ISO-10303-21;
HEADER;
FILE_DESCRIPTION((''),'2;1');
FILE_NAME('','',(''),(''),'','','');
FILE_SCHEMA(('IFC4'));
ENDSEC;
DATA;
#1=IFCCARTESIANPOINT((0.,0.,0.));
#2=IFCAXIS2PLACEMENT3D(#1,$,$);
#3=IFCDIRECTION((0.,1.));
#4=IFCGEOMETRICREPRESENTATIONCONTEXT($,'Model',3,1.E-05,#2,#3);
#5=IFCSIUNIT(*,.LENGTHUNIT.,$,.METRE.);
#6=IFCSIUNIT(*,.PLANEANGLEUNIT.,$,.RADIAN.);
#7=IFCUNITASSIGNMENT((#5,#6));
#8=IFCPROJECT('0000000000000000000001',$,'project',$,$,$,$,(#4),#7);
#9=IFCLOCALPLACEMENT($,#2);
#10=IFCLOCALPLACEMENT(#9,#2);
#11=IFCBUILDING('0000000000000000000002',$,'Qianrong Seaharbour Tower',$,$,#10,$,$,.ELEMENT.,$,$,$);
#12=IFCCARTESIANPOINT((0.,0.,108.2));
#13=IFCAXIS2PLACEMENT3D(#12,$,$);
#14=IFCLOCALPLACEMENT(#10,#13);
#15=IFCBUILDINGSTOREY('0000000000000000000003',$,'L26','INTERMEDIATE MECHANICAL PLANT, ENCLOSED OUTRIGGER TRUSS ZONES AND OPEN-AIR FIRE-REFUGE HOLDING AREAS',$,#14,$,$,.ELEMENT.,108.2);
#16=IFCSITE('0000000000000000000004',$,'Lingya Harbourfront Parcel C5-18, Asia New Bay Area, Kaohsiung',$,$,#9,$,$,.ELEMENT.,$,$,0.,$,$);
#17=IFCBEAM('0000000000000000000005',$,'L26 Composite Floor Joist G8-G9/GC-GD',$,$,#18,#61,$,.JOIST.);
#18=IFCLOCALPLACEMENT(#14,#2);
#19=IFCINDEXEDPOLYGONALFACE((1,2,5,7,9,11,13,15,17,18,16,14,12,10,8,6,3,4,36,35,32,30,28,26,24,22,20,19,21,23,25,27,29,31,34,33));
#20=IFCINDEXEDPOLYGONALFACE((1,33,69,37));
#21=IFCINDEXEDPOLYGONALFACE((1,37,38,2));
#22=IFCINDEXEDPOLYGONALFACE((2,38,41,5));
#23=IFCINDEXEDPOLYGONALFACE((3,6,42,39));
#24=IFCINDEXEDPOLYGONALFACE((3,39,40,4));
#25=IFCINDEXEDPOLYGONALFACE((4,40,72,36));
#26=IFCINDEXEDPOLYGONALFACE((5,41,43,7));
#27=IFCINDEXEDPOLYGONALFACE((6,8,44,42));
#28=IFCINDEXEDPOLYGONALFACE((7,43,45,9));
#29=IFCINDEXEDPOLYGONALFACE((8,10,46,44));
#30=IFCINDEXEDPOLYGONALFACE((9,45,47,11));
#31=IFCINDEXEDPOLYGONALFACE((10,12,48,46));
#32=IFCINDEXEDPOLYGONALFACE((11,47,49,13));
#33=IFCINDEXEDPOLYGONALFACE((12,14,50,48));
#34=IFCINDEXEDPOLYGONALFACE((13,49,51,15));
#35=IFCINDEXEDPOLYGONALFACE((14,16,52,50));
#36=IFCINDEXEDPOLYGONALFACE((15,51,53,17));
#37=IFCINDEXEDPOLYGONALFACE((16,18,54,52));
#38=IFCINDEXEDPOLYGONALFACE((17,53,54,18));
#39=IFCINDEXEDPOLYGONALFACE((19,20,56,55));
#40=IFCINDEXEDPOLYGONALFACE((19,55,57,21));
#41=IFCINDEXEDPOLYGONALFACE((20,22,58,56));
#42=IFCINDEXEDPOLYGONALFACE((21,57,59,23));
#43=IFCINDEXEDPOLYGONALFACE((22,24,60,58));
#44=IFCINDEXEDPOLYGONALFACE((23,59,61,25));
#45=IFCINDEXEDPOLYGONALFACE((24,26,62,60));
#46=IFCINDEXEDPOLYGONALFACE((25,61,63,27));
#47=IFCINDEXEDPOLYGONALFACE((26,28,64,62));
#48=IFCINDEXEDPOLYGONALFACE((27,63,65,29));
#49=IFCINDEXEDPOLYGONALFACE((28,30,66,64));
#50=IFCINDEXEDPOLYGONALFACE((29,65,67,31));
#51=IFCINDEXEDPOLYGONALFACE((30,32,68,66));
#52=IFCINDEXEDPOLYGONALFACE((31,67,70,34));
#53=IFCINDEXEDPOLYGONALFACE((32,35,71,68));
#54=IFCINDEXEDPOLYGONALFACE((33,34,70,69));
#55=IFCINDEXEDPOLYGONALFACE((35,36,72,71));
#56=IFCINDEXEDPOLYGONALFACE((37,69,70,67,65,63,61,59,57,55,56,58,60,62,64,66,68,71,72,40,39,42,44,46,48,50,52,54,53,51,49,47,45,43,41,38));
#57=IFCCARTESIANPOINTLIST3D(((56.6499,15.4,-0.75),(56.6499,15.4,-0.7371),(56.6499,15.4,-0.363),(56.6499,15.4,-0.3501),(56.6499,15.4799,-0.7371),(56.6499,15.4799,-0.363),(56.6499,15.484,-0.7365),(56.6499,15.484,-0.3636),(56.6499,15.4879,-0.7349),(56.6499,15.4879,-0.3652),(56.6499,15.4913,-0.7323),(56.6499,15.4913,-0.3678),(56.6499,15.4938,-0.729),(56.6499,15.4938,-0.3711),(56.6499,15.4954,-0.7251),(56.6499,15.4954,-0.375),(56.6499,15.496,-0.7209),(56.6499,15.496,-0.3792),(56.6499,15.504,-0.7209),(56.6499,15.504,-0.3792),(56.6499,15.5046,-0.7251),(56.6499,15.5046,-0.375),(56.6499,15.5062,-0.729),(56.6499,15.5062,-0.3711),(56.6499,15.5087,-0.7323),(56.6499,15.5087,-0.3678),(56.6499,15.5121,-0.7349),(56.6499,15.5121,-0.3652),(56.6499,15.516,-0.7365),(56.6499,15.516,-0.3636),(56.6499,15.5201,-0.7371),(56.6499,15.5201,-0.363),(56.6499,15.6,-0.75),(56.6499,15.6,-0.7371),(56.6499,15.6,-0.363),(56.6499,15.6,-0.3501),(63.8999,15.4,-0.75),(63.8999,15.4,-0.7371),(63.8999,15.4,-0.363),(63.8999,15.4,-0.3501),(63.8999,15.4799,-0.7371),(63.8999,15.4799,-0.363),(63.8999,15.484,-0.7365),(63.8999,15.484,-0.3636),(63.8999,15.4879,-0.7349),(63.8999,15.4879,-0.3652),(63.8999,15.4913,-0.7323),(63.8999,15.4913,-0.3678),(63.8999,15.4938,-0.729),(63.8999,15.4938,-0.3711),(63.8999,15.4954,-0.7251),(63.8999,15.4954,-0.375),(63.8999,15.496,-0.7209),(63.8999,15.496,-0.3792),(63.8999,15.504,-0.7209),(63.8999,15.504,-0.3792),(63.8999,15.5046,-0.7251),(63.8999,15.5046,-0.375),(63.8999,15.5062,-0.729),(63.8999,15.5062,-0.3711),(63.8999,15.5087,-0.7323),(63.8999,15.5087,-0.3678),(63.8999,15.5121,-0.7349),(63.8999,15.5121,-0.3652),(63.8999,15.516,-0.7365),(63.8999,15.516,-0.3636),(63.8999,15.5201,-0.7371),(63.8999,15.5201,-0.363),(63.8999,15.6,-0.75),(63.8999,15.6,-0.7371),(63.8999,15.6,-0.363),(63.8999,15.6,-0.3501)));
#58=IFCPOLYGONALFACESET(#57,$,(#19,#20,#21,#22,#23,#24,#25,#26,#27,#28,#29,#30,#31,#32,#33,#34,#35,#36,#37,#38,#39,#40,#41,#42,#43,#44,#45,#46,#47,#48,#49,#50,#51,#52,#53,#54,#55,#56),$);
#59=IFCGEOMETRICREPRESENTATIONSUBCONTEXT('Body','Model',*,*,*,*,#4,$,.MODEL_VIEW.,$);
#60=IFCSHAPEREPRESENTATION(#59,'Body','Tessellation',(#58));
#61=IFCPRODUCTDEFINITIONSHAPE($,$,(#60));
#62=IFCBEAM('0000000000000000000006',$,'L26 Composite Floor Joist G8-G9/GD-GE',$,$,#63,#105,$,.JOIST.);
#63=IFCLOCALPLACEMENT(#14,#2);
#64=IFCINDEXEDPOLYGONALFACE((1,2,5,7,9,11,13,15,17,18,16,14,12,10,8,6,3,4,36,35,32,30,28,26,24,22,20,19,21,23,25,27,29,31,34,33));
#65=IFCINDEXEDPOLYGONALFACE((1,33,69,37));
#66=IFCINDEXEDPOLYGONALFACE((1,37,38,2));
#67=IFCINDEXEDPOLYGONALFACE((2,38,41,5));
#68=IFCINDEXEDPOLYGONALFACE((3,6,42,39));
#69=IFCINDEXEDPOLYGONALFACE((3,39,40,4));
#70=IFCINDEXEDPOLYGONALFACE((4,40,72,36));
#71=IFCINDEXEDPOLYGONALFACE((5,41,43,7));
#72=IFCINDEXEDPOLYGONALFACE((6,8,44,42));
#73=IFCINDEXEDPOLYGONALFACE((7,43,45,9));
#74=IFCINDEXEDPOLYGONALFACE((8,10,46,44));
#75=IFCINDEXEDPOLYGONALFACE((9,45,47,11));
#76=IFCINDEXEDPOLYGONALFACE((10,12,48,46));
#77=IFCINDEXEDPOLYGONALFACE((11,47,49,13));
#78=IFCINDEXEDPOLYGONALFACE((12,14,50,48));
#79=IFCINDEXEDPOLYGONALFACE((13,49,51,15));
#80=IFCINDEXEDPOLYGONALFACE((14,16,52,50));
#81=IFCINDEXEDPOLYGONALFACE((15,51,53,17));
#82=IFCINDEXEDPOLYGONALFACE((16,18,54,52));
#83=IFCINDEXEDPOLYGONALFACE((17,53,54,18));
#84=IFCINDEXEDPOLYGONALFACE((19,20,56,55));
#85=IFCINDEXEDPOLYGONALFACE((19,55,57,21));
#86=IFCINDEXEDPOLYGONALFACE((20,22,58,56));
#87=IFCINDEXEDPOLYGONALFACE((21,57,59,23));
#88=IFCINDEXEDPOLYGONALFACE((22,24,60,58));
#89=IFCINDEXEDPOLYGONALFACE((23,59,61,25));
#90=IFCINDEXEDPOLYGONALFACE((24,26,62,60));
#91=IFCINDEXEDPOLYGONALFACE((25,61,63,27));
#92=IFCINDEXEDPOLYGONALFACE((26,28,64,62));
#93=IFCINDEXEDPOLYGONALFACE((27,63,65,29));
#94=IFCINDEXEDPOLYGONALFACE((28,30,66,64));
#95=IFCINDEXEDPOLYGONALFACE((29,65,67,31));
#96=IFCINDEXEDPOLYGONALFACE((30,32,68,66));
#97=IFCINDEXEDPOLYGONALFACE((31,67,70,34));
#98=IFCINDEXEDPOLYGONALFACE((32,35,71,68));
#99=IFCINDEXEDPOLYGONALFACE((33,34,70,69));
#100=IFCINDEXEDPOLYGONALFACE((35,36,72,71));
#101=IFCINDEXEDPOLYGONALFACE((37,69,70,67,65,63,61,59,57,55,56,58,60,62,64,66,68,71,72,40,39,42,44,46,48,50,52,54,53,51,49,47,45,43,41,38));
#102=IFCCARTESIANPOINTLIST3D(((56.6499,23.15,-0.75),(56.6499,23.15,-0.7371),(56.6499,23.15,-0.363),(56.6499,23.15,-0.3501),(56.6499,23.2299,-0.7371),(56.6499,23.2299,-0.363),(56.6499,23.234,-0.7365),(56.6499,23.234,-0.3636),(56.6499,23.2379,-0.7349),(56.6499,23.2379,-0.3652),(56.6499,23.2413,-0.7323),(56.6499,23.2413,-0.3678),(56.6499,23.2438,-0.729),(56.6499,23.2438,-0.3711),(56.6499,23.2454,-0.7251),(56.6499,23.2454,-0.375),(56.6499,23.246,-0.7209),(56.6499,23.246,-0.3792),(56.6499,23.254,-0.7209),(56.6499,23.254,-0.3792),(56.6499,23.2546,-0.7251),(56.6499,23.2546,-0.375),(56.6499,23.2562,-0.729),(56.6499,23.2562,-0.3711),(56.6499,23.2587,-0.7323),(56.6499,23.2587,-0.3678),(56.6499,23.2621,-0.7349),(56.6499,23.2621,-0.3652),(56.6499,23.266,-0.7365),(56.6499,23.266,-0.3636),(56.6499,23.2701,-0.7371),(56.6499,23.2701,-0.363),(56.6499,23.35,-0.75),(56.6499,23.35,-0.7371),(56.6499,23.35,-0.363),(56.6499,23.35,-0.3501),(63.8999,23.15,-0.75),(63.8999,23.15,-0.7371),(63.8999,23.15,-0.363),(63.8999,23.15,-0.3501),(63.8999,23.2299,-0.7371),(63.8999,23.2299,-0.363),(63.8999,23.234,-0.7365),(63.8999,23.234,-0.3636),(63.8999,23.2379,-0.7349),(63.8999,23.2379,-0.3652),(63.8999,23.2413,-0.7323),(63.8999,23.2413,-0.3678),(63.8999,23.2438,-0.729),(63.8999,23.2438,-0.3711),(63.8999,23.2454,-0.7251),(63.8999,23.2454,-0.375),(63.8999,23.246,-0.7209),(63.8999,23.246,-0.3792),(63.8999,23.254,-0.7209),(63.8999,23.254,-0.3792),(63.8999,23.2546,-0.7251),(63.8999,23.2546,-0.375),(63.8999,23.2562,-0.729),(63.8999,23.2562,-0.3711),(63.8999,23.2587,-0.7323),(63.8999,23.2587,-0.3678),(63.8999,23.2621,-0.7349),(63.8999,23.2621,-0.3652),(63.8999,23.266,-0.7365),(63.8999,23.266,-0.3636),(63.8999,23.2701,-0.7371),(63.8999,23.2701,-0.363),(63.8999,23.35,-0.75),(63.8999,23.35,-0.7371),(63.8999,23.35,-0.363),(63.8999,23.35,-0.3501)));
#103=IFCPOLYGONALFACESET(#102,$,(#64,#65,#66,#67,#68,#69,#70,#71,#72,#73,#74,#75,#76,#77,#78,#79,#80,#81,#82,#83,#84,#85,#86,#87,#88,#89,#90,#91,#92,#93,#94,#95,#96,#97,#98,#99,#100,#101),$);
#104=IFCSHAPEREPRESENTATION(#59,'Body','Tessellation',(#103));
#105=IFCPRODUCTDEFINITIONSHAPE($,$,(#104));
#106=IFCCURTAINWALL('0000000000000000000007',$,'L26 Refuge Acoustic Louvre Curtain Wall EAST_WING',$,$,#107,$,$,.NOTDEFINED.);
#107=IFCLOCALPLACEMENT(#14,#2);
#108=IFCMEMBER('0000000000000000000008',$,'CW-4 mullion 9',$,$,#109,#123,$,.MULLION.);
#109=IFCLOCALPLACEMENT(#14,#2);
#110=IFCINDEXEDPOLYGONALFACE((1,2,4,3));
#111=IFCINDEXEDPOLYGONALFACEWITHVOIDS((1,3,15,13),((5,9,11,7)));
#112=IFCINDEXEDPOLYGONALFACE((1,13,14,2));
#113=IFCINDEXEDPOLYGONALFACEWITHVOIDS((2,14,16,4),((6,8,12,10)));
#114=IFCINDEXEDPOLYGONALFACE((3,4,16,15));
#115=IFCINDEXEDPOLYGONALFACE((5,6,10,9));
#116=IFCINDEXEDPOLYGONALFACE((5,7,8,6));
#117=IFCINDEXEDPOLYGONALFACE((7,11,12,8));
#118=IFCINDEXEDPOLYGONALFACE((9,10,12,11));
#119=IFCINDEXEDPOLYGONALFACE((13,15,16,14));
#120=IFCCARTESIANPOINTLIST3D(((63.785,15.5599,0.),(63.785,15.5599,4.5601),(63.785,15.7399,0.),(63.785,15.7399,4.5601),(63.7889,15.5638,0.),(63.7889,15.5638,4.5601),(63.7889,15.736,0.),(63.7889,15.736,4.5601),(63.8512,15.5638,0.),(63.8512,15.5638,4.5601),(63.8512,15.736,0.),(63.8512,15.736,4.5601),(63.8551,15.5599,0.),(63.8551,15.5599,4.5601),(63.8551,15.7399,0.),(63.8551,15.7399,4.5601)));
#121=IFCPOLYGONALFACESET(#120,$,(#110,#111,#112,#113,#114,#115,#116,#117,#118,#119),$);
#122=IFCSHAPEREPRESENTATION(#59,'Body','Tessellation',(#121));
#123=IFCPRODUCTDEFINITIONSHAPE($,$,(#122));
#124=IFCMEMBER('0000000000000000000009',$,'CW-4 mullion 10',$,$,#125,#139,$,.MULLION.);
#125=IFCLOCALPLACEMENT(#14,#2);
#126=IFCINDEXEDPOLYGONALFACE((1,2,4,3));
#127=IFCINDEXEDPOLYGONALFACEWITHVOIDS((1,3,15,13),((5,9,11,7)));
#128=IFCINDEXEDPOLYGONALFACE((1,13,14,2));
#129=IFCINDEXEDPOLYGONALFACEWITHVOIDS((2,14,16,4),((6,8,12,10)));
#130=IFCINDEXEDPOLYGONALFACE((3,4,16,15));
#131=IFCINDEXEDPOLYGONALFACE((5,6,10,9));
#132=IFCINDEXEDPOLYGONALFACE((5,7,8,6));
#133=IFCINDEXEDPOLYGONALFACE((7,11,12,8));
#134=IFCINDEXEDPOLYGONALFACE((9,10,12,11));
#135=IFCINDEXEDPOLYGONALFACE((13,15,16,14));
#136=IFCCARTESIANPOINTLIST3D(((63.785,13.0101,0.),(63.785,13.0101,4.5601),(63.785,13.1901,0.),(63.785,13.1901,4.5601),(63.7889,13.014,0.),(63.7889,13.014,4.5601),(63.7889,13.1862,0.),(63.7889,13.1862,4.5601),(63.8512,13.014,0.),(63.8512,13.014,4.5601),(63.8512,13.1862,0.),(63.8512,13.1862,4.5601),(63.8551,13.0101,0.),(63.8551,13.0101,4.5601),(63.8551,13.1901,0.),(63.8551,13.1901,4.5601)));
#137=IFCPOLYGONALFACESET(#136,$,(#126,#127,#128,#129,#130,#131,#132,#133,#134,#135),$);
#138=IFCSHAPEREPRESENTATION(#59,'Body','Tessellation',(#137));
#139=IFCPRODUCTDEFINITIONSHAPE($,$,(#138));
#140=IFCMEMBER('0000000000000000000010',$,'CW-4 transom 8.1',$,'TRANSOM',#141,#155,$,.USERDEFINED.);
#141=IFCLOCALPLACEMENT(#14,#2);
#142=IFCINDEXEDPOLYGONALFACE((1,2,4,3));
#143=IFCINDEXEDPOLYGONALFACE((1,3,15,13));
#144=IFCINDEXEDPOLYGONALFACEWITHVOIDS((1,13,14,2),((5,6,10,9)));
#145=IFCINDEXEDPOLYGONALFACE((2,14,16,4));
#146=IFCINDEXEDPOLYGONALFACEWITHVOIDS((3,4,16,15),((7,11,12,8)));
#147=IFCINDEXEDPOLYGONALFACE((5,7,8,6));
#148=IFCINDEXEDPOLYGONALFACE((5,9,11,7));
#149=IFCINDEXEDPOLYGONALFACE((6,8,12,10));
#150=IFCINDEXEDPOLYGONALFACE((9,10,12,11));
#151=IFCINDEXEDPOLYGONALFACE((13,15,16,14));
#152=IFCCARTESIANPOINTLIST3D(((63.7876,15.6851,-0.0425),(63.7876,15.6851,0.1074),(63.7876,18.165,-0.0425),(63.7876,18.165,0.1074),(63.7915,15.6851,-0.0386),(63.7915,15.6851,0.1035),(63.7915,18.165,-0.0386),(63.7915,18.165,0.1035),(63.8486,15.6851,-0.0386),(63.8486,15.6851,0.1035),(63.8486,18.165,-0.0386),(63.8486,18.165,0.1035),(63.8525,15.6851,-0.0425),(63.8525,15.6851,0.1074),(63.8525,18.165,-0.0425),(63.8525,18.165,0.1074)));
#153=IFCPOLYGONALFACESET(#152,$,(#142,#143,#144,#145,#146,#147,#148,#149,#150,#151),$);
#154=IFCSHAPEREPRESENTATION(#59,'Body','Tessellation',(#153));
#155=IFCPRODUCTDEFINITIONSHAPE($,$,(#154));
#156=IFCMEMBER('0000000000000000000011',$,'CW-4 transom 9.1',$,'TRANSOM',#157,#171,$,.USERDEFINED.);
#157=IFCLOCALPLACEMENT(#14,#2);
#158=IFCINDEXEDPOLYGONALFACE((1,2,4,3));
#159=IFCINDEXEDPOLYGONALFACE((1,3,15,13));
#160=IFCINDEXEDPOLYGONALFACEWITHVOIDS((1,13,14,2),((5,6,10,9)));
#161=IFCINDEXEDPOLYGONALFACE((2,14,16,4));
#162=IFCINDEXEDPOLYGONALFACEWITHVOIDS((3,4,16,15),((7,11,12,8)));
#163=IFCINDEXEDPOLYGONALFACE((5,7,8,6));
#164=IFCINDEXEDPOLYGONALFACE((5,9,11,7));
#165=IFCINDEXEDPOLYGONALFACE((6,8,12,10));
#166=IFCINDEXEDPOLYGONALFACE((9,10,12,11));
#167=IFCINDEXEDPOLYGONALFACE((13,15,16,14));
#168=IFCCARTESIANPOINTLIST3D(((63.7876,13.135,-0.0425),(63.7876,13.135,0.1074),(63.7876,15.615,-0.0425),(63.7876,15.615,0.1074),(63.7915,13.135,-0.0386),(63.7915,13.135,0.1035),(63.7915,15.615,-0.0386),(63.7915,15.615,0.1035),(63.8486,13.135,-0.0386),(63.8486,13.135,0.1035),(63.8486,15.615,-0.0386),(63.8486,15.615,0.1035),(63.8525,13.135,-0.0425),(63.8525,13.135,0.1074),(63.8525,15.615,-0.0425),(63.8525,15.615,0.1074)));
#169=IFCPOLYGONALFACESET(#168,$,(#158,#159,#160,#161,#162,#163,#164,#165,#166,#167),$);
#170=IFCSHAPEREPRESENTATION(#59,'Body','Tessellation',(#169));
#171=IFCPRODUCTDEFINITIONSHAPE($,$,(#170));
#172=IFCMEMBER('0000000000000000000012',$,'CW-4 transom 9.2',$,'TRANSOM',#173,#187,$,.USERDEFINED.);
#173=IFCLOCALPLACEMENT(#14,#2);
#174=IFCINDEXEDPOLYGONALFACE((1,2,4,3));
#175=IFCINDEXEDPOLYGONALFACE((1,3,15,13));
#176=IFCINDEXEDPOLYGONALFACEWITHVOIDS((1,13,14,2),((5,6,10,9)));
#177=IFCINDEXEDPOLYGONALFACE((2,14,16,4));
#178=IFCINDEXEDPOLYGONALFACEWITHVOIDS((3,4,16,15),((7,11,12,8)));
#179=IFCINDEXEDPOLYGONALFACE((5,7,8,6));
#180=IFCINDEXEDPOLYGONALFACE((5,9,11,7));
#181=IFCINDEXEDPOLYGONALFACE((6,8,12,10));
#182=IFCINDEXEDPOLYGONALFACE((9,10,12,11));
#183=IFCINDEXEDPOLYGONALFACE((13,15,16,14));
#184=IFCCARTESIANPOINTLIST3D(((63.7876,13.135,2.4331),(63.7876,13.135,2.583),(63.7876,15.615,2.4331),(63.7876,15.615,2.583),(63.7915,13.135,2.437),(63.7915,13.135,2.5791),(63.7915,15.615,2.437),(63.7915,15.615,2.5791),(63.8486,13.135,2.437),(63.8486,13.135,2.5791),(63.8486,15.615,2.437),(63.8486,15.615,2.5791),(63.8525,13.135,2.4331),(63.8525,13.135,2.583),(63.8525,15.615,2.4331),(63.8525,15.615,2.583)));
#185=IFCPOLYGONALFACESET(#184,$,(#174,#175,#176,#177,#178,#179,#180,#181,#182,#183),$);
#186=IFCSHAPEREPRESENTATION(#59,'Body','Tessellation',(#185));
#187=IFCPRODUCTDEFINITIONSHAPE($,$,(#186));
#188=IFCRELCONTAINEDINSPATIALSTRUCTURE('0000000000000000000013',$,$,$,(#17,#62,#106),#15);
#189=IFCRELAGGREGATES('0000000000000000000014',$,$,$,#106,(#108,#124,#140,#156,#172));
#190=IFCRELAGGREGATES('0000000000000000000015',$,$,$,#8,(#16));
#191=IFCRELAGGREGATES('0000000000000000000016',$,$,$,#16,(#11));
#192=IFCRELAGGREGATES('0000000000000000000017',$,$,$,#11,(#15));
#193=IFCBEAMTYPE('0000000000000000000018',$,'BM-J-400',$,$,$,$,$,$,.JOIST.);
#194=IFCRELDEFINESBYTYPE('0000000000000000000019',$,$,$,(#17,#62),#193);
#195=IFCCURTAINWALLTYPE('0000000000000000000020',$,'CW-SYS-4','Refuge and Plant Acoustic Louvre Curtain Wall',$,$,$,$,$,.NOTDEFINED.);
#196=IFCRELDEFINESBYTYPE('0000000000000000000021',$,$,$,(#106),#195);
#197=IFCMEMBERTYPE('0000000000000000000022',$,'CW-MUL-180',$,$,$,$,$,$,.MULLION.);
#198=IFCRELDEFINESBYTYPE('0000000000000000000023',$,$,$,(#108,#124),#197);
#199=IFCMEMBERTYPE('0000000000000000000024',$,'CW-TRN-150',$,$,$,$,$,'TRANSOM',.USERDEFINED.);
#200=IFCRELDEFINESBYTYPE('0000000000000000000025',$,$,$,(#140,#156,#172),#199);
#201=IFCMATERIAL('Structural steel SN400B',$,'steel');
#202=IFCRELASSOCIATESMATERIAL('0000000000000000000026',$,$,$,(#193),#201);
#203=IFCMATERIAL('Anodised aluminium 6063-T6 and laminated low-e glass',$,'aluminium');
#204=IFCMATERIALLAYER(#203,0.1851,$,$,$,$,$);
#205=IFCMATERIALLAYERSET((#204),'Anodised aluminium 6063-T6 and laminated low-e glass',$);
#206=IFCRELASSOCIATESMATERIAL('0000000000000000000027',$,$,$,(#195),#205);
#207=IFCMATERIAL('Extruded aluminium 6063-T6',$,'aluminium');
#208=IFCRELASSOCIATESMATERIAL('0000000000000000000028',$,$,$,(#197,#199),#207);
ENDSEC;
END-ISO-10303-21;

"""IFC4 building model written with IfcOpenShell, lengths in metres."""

from ifc_helpers import new_model, si_unit, direction, frame, origin, origin_2d, place, context, subcontext, project, spatial, hollow_rectangle, i_section, extrude, material, layer, layer_set, material_profile, profile_set, type_object, element, aggregate, save


model = new_model("IFC4")

# Units and contexts
model_context = context("Model", 3, precision=1e-05, world=origin(), true_north=direction((0.0, 1.0)))
body_context = subcontext(model_context, "Body", "Model", "MODEL_VIEW")
ifc_project = project(units=[si_unit("LENGTHUNIT", "METRE"), si_unit("PLANEANGLEUNIT", "RADIAN")], contexts=[model_context])

# Site, building, storey
site_placement = place(None, origin())
site = spatial("IfcSite", under=ifc_project, at=site_placement, Name="Lingya Harbourfront Parcel C5-18, Asia New Bay Area, Kaohsiung", CompositionType="ELEMENT", RefElevation=0.0)
building_placement = place(site_placement, origin())
building = spatial("IfcBuilding", under=site, at=building_placement, Name="Qianrong Seaharbour Tower", CompositionType="ELEMENT")
storey_placement = place(building_placement, frame((0.0, 0.0, 108.2)))
storey = spatial("IfcBuildingStorey", under=building, at=storey_placement, Name="L26", Description="INTERMEDIATE MECHANICAL PLANT, ENCLOSED OUTRIGGER TRUSS ZONES AND OPEN-AIR FIRE-REFUGE HOLDING AREAS", CompositionType="ELEMENT", Elevation=108.2)

# Beams
ifc_material_1 = material(Name="Structural steel SN400B", Category="steel")
ifc_material_profile_1 = material_profile(ifc_material_1, i_section(OverallWidth=0.2, OverallDepth=0.3999, WebThickness=0.0081, FlangeThickness=0.0129, FilletRadius=0.0161, at=origin_2d()), Name="H400x200x8x13")
ifc_profile_set_1 = profile_set([ifc_material_profile_1], Name="Structural steel SN400B")
beam_type_1 = type_object("IfcBeamType", Name="BM-J-400", PredefinedType="JOIST", material=ifc_profile_set_1)
for number, where, z_axis, x_axis, name in (
    (1, (56.6499, 15.5, -0.55), (1.0, 0.0, 0.0), (0.0, 1.0, 0.0), "L26 Composite Floor Joist G8-G9/GC-GD"),
    (2, (56.6499, 23.25, -0.55), (1.0, 0.0, 0.0), (0.0, 1.0, 0.0), "L26 Composite Floor Joist G8-G9/GD-GE"),
):
    element("IfcBeam", number, at=place(storey_placement, frame(where, z_axis=z_axis, x_axis=x_axis)), inside=storey, type_object=beam_type_1, Name=name, PredefinedType="JOIST", context=body_context, shape_type="SweptSolid", body=[
        extrude(i_section(OverallWidth=0.2, OverallDepth=0.3999, WebThickness=0.0081, FlangeThickness=0.0129, FilletRadius=0.0161, at=origin_2d()), origin(), (0.0, 0.0, 1.0), 7.25),
    ])

# Curtain wall, members
ifc_material_2 = material(Name="Anodised aluminium 6063-T6 and laminated low-e glass", Category="aluminium")
ifc_layer_1 = layer(ifc_material_2, 0.1851)
ifc_layer_set_1 = layer_set([ifc_layer_1], Name="Anodised aluminium 6063-T6 and laminated low-e glass")
curtain_wall_type = type_object("IfcCurtainWallType", Name="CW-SYS-4", Description="Refuge and Plant Acoustic Louvre Curtain Wall", PredefinedType="NOTDEFINED", material=ifc_layer_set_1)
curtain_wall_placement = place(storey_placement, origin())
curtain_wall = element("IfcCurtainWall", 3, at=curtain_wall_placement, inside=storey, type_object=curtain_wall_type, Name="L26 Refuge Acoustic Louvre Curtain Wall EAST_WING", PredefinedType="NOTDEFINED")
ifc_material_3 = material(Name="Extruded aluminium 6063-T6", Category="aluminium")
ifc_material_profile_2 = material_profile(ifc_material_3, hollow_rectangle(XDim=0.0701, YDim=0.1799, WallThickness=0.0039, at=origin_2d()), Name="ALU-MUL-180x70x4")
ifc_profile_set_2 = profile_set([ifc_material_profile_2], Name="Extruded aluminium 6063-T6")
member_type_1 = type_object("IfcMemberType", Name="CW-MUL-180", PredefinedType="MULLION", material=ifc_profile_set_2)
member_1_placement = place(storey_placement, frame((63.8201, 15.6499, 0.0), z_axis=(0.0, 0.0, 1.0), x_axis=(1.0, 0.0, 0.0)))
member_1 = element("IfcMember", 4, at=member_1_placement, type_object=member_type_1, Name="CW-4 mullion 9", PredefinedType="MULLION", context=body_context, shape_type="SweptSolid", body=[
    extrude(hollow_rectangle(XDim=0.0701, YDim=0.1799, WallThickness=0.0039, at=origin_2d()), origin(), (0.0, 0.0, 1.0), 4.5601),
])
member_2_placement = place(storey_placement, frame((63.8201, 13.1001, 0.0), z_axis=(0.0, 0.0, 1.0), x_axis=(1.0, 0.0, 0.0)))
member_2 = element("IfcMember", 5, at=member_2_placement, type_object=member_type_1, Name="CW-4 mullion 10", PredefinedType="MULLION", context=body_context, shape_type="SweptSolid", body=[
    extrude(hollow_rectangle(XDim=0.0701, YDim=0.1799, WallThickness=0.0039, at=origin_2d()), origin(), (0.0, 0.0, 1.0), 4.5601),
])
ifc_material_profile_3 = material_profile(ifc_material_3, hollow_rectangle(XDim=0.0649, YDim=0.1499, WallThickness=0.0039, at=origin_2d()), Name="ALU-TRN-150x65x4")
ifc_profile_set_3 = profile_set([ifc_material_profile_3], Name="Extruded aluminium 6063-T6")
member_type_2 = type_object("IfcMemberType", Name="CW-TRN-150", ElementType="TRANSOM", PredefinedType="USERDEFINED", material=ifc_profile_set_3)
member_3_placement = place(storey_placement, frame((63.8201, 18.165, 0.0325), z_axis=(0.0, -1.0, 0.0), x_axis=(1.0, 0.0, 0.0)))
member_3 = element("IfcMember", 6, at=member_3_placement, type_object=member_type_2, Name="CW-4 transom 8.1", ObjectType="TRANSOM", PredefinedType="USERDEFINED", context=body_context, shape_type="SweptSolid", body=[
    extrude(hollow_rectangle(XDim=0.0649, YDim=0.1499, WallThickness=0.0039, at=origin_2d()), origin(), (0.0, 0.0, 1.0), 2.48),
])
member_4_placement = place(storey_placement, frame((63.8201, 15.615, 0.0325), z_axis=(0.0, -1.0, 0.0), x_axis=(1.0, 0.0, 0.0)))
member_4 = element("IfcMember", 7, at=member_4_placement, type_object=member_type_2, Name="CW-4 transom 9.1", ObjectType="TRANSOM", PredefinedType="USERDEFINED", context=body_context, shape_type="SweptSolid", body=[
    extrude(hollow_rectangle(XDim=0.0649, YDim=0.1499, WallThickness=0.0039, at=origin_2d()), origin(), (0.0, 0.0, 1.0), 2.48),
])
member_5_placement = place(storey_placement, frame((63.8201, 15.615, 2.5081), z_axis=(0.0, -1.0, 0.0), x_axis=(1.0, 0.0, 0.0)))
member_5 = element("IfcMember", 8, at=member_5_placement, type_object=member_type_2, Name="CW-4 transom 9.2", ObjectType="TRANSOM", PredefinedType="USERDEFINED", context=body_context, shape_type="SweptSolid", body=[
    extrude(hollow_rectangle(XDim=0.0649, YDim=0.1499, WallThickness=0.0039, at=origin_2d()), origin(), (0.0, 0.0, 1.0), 2.48),
])
aggregate(curtain_wall, [member_1, member_2, member_3, member_4, member_5])

save(model, "model.ifc")
